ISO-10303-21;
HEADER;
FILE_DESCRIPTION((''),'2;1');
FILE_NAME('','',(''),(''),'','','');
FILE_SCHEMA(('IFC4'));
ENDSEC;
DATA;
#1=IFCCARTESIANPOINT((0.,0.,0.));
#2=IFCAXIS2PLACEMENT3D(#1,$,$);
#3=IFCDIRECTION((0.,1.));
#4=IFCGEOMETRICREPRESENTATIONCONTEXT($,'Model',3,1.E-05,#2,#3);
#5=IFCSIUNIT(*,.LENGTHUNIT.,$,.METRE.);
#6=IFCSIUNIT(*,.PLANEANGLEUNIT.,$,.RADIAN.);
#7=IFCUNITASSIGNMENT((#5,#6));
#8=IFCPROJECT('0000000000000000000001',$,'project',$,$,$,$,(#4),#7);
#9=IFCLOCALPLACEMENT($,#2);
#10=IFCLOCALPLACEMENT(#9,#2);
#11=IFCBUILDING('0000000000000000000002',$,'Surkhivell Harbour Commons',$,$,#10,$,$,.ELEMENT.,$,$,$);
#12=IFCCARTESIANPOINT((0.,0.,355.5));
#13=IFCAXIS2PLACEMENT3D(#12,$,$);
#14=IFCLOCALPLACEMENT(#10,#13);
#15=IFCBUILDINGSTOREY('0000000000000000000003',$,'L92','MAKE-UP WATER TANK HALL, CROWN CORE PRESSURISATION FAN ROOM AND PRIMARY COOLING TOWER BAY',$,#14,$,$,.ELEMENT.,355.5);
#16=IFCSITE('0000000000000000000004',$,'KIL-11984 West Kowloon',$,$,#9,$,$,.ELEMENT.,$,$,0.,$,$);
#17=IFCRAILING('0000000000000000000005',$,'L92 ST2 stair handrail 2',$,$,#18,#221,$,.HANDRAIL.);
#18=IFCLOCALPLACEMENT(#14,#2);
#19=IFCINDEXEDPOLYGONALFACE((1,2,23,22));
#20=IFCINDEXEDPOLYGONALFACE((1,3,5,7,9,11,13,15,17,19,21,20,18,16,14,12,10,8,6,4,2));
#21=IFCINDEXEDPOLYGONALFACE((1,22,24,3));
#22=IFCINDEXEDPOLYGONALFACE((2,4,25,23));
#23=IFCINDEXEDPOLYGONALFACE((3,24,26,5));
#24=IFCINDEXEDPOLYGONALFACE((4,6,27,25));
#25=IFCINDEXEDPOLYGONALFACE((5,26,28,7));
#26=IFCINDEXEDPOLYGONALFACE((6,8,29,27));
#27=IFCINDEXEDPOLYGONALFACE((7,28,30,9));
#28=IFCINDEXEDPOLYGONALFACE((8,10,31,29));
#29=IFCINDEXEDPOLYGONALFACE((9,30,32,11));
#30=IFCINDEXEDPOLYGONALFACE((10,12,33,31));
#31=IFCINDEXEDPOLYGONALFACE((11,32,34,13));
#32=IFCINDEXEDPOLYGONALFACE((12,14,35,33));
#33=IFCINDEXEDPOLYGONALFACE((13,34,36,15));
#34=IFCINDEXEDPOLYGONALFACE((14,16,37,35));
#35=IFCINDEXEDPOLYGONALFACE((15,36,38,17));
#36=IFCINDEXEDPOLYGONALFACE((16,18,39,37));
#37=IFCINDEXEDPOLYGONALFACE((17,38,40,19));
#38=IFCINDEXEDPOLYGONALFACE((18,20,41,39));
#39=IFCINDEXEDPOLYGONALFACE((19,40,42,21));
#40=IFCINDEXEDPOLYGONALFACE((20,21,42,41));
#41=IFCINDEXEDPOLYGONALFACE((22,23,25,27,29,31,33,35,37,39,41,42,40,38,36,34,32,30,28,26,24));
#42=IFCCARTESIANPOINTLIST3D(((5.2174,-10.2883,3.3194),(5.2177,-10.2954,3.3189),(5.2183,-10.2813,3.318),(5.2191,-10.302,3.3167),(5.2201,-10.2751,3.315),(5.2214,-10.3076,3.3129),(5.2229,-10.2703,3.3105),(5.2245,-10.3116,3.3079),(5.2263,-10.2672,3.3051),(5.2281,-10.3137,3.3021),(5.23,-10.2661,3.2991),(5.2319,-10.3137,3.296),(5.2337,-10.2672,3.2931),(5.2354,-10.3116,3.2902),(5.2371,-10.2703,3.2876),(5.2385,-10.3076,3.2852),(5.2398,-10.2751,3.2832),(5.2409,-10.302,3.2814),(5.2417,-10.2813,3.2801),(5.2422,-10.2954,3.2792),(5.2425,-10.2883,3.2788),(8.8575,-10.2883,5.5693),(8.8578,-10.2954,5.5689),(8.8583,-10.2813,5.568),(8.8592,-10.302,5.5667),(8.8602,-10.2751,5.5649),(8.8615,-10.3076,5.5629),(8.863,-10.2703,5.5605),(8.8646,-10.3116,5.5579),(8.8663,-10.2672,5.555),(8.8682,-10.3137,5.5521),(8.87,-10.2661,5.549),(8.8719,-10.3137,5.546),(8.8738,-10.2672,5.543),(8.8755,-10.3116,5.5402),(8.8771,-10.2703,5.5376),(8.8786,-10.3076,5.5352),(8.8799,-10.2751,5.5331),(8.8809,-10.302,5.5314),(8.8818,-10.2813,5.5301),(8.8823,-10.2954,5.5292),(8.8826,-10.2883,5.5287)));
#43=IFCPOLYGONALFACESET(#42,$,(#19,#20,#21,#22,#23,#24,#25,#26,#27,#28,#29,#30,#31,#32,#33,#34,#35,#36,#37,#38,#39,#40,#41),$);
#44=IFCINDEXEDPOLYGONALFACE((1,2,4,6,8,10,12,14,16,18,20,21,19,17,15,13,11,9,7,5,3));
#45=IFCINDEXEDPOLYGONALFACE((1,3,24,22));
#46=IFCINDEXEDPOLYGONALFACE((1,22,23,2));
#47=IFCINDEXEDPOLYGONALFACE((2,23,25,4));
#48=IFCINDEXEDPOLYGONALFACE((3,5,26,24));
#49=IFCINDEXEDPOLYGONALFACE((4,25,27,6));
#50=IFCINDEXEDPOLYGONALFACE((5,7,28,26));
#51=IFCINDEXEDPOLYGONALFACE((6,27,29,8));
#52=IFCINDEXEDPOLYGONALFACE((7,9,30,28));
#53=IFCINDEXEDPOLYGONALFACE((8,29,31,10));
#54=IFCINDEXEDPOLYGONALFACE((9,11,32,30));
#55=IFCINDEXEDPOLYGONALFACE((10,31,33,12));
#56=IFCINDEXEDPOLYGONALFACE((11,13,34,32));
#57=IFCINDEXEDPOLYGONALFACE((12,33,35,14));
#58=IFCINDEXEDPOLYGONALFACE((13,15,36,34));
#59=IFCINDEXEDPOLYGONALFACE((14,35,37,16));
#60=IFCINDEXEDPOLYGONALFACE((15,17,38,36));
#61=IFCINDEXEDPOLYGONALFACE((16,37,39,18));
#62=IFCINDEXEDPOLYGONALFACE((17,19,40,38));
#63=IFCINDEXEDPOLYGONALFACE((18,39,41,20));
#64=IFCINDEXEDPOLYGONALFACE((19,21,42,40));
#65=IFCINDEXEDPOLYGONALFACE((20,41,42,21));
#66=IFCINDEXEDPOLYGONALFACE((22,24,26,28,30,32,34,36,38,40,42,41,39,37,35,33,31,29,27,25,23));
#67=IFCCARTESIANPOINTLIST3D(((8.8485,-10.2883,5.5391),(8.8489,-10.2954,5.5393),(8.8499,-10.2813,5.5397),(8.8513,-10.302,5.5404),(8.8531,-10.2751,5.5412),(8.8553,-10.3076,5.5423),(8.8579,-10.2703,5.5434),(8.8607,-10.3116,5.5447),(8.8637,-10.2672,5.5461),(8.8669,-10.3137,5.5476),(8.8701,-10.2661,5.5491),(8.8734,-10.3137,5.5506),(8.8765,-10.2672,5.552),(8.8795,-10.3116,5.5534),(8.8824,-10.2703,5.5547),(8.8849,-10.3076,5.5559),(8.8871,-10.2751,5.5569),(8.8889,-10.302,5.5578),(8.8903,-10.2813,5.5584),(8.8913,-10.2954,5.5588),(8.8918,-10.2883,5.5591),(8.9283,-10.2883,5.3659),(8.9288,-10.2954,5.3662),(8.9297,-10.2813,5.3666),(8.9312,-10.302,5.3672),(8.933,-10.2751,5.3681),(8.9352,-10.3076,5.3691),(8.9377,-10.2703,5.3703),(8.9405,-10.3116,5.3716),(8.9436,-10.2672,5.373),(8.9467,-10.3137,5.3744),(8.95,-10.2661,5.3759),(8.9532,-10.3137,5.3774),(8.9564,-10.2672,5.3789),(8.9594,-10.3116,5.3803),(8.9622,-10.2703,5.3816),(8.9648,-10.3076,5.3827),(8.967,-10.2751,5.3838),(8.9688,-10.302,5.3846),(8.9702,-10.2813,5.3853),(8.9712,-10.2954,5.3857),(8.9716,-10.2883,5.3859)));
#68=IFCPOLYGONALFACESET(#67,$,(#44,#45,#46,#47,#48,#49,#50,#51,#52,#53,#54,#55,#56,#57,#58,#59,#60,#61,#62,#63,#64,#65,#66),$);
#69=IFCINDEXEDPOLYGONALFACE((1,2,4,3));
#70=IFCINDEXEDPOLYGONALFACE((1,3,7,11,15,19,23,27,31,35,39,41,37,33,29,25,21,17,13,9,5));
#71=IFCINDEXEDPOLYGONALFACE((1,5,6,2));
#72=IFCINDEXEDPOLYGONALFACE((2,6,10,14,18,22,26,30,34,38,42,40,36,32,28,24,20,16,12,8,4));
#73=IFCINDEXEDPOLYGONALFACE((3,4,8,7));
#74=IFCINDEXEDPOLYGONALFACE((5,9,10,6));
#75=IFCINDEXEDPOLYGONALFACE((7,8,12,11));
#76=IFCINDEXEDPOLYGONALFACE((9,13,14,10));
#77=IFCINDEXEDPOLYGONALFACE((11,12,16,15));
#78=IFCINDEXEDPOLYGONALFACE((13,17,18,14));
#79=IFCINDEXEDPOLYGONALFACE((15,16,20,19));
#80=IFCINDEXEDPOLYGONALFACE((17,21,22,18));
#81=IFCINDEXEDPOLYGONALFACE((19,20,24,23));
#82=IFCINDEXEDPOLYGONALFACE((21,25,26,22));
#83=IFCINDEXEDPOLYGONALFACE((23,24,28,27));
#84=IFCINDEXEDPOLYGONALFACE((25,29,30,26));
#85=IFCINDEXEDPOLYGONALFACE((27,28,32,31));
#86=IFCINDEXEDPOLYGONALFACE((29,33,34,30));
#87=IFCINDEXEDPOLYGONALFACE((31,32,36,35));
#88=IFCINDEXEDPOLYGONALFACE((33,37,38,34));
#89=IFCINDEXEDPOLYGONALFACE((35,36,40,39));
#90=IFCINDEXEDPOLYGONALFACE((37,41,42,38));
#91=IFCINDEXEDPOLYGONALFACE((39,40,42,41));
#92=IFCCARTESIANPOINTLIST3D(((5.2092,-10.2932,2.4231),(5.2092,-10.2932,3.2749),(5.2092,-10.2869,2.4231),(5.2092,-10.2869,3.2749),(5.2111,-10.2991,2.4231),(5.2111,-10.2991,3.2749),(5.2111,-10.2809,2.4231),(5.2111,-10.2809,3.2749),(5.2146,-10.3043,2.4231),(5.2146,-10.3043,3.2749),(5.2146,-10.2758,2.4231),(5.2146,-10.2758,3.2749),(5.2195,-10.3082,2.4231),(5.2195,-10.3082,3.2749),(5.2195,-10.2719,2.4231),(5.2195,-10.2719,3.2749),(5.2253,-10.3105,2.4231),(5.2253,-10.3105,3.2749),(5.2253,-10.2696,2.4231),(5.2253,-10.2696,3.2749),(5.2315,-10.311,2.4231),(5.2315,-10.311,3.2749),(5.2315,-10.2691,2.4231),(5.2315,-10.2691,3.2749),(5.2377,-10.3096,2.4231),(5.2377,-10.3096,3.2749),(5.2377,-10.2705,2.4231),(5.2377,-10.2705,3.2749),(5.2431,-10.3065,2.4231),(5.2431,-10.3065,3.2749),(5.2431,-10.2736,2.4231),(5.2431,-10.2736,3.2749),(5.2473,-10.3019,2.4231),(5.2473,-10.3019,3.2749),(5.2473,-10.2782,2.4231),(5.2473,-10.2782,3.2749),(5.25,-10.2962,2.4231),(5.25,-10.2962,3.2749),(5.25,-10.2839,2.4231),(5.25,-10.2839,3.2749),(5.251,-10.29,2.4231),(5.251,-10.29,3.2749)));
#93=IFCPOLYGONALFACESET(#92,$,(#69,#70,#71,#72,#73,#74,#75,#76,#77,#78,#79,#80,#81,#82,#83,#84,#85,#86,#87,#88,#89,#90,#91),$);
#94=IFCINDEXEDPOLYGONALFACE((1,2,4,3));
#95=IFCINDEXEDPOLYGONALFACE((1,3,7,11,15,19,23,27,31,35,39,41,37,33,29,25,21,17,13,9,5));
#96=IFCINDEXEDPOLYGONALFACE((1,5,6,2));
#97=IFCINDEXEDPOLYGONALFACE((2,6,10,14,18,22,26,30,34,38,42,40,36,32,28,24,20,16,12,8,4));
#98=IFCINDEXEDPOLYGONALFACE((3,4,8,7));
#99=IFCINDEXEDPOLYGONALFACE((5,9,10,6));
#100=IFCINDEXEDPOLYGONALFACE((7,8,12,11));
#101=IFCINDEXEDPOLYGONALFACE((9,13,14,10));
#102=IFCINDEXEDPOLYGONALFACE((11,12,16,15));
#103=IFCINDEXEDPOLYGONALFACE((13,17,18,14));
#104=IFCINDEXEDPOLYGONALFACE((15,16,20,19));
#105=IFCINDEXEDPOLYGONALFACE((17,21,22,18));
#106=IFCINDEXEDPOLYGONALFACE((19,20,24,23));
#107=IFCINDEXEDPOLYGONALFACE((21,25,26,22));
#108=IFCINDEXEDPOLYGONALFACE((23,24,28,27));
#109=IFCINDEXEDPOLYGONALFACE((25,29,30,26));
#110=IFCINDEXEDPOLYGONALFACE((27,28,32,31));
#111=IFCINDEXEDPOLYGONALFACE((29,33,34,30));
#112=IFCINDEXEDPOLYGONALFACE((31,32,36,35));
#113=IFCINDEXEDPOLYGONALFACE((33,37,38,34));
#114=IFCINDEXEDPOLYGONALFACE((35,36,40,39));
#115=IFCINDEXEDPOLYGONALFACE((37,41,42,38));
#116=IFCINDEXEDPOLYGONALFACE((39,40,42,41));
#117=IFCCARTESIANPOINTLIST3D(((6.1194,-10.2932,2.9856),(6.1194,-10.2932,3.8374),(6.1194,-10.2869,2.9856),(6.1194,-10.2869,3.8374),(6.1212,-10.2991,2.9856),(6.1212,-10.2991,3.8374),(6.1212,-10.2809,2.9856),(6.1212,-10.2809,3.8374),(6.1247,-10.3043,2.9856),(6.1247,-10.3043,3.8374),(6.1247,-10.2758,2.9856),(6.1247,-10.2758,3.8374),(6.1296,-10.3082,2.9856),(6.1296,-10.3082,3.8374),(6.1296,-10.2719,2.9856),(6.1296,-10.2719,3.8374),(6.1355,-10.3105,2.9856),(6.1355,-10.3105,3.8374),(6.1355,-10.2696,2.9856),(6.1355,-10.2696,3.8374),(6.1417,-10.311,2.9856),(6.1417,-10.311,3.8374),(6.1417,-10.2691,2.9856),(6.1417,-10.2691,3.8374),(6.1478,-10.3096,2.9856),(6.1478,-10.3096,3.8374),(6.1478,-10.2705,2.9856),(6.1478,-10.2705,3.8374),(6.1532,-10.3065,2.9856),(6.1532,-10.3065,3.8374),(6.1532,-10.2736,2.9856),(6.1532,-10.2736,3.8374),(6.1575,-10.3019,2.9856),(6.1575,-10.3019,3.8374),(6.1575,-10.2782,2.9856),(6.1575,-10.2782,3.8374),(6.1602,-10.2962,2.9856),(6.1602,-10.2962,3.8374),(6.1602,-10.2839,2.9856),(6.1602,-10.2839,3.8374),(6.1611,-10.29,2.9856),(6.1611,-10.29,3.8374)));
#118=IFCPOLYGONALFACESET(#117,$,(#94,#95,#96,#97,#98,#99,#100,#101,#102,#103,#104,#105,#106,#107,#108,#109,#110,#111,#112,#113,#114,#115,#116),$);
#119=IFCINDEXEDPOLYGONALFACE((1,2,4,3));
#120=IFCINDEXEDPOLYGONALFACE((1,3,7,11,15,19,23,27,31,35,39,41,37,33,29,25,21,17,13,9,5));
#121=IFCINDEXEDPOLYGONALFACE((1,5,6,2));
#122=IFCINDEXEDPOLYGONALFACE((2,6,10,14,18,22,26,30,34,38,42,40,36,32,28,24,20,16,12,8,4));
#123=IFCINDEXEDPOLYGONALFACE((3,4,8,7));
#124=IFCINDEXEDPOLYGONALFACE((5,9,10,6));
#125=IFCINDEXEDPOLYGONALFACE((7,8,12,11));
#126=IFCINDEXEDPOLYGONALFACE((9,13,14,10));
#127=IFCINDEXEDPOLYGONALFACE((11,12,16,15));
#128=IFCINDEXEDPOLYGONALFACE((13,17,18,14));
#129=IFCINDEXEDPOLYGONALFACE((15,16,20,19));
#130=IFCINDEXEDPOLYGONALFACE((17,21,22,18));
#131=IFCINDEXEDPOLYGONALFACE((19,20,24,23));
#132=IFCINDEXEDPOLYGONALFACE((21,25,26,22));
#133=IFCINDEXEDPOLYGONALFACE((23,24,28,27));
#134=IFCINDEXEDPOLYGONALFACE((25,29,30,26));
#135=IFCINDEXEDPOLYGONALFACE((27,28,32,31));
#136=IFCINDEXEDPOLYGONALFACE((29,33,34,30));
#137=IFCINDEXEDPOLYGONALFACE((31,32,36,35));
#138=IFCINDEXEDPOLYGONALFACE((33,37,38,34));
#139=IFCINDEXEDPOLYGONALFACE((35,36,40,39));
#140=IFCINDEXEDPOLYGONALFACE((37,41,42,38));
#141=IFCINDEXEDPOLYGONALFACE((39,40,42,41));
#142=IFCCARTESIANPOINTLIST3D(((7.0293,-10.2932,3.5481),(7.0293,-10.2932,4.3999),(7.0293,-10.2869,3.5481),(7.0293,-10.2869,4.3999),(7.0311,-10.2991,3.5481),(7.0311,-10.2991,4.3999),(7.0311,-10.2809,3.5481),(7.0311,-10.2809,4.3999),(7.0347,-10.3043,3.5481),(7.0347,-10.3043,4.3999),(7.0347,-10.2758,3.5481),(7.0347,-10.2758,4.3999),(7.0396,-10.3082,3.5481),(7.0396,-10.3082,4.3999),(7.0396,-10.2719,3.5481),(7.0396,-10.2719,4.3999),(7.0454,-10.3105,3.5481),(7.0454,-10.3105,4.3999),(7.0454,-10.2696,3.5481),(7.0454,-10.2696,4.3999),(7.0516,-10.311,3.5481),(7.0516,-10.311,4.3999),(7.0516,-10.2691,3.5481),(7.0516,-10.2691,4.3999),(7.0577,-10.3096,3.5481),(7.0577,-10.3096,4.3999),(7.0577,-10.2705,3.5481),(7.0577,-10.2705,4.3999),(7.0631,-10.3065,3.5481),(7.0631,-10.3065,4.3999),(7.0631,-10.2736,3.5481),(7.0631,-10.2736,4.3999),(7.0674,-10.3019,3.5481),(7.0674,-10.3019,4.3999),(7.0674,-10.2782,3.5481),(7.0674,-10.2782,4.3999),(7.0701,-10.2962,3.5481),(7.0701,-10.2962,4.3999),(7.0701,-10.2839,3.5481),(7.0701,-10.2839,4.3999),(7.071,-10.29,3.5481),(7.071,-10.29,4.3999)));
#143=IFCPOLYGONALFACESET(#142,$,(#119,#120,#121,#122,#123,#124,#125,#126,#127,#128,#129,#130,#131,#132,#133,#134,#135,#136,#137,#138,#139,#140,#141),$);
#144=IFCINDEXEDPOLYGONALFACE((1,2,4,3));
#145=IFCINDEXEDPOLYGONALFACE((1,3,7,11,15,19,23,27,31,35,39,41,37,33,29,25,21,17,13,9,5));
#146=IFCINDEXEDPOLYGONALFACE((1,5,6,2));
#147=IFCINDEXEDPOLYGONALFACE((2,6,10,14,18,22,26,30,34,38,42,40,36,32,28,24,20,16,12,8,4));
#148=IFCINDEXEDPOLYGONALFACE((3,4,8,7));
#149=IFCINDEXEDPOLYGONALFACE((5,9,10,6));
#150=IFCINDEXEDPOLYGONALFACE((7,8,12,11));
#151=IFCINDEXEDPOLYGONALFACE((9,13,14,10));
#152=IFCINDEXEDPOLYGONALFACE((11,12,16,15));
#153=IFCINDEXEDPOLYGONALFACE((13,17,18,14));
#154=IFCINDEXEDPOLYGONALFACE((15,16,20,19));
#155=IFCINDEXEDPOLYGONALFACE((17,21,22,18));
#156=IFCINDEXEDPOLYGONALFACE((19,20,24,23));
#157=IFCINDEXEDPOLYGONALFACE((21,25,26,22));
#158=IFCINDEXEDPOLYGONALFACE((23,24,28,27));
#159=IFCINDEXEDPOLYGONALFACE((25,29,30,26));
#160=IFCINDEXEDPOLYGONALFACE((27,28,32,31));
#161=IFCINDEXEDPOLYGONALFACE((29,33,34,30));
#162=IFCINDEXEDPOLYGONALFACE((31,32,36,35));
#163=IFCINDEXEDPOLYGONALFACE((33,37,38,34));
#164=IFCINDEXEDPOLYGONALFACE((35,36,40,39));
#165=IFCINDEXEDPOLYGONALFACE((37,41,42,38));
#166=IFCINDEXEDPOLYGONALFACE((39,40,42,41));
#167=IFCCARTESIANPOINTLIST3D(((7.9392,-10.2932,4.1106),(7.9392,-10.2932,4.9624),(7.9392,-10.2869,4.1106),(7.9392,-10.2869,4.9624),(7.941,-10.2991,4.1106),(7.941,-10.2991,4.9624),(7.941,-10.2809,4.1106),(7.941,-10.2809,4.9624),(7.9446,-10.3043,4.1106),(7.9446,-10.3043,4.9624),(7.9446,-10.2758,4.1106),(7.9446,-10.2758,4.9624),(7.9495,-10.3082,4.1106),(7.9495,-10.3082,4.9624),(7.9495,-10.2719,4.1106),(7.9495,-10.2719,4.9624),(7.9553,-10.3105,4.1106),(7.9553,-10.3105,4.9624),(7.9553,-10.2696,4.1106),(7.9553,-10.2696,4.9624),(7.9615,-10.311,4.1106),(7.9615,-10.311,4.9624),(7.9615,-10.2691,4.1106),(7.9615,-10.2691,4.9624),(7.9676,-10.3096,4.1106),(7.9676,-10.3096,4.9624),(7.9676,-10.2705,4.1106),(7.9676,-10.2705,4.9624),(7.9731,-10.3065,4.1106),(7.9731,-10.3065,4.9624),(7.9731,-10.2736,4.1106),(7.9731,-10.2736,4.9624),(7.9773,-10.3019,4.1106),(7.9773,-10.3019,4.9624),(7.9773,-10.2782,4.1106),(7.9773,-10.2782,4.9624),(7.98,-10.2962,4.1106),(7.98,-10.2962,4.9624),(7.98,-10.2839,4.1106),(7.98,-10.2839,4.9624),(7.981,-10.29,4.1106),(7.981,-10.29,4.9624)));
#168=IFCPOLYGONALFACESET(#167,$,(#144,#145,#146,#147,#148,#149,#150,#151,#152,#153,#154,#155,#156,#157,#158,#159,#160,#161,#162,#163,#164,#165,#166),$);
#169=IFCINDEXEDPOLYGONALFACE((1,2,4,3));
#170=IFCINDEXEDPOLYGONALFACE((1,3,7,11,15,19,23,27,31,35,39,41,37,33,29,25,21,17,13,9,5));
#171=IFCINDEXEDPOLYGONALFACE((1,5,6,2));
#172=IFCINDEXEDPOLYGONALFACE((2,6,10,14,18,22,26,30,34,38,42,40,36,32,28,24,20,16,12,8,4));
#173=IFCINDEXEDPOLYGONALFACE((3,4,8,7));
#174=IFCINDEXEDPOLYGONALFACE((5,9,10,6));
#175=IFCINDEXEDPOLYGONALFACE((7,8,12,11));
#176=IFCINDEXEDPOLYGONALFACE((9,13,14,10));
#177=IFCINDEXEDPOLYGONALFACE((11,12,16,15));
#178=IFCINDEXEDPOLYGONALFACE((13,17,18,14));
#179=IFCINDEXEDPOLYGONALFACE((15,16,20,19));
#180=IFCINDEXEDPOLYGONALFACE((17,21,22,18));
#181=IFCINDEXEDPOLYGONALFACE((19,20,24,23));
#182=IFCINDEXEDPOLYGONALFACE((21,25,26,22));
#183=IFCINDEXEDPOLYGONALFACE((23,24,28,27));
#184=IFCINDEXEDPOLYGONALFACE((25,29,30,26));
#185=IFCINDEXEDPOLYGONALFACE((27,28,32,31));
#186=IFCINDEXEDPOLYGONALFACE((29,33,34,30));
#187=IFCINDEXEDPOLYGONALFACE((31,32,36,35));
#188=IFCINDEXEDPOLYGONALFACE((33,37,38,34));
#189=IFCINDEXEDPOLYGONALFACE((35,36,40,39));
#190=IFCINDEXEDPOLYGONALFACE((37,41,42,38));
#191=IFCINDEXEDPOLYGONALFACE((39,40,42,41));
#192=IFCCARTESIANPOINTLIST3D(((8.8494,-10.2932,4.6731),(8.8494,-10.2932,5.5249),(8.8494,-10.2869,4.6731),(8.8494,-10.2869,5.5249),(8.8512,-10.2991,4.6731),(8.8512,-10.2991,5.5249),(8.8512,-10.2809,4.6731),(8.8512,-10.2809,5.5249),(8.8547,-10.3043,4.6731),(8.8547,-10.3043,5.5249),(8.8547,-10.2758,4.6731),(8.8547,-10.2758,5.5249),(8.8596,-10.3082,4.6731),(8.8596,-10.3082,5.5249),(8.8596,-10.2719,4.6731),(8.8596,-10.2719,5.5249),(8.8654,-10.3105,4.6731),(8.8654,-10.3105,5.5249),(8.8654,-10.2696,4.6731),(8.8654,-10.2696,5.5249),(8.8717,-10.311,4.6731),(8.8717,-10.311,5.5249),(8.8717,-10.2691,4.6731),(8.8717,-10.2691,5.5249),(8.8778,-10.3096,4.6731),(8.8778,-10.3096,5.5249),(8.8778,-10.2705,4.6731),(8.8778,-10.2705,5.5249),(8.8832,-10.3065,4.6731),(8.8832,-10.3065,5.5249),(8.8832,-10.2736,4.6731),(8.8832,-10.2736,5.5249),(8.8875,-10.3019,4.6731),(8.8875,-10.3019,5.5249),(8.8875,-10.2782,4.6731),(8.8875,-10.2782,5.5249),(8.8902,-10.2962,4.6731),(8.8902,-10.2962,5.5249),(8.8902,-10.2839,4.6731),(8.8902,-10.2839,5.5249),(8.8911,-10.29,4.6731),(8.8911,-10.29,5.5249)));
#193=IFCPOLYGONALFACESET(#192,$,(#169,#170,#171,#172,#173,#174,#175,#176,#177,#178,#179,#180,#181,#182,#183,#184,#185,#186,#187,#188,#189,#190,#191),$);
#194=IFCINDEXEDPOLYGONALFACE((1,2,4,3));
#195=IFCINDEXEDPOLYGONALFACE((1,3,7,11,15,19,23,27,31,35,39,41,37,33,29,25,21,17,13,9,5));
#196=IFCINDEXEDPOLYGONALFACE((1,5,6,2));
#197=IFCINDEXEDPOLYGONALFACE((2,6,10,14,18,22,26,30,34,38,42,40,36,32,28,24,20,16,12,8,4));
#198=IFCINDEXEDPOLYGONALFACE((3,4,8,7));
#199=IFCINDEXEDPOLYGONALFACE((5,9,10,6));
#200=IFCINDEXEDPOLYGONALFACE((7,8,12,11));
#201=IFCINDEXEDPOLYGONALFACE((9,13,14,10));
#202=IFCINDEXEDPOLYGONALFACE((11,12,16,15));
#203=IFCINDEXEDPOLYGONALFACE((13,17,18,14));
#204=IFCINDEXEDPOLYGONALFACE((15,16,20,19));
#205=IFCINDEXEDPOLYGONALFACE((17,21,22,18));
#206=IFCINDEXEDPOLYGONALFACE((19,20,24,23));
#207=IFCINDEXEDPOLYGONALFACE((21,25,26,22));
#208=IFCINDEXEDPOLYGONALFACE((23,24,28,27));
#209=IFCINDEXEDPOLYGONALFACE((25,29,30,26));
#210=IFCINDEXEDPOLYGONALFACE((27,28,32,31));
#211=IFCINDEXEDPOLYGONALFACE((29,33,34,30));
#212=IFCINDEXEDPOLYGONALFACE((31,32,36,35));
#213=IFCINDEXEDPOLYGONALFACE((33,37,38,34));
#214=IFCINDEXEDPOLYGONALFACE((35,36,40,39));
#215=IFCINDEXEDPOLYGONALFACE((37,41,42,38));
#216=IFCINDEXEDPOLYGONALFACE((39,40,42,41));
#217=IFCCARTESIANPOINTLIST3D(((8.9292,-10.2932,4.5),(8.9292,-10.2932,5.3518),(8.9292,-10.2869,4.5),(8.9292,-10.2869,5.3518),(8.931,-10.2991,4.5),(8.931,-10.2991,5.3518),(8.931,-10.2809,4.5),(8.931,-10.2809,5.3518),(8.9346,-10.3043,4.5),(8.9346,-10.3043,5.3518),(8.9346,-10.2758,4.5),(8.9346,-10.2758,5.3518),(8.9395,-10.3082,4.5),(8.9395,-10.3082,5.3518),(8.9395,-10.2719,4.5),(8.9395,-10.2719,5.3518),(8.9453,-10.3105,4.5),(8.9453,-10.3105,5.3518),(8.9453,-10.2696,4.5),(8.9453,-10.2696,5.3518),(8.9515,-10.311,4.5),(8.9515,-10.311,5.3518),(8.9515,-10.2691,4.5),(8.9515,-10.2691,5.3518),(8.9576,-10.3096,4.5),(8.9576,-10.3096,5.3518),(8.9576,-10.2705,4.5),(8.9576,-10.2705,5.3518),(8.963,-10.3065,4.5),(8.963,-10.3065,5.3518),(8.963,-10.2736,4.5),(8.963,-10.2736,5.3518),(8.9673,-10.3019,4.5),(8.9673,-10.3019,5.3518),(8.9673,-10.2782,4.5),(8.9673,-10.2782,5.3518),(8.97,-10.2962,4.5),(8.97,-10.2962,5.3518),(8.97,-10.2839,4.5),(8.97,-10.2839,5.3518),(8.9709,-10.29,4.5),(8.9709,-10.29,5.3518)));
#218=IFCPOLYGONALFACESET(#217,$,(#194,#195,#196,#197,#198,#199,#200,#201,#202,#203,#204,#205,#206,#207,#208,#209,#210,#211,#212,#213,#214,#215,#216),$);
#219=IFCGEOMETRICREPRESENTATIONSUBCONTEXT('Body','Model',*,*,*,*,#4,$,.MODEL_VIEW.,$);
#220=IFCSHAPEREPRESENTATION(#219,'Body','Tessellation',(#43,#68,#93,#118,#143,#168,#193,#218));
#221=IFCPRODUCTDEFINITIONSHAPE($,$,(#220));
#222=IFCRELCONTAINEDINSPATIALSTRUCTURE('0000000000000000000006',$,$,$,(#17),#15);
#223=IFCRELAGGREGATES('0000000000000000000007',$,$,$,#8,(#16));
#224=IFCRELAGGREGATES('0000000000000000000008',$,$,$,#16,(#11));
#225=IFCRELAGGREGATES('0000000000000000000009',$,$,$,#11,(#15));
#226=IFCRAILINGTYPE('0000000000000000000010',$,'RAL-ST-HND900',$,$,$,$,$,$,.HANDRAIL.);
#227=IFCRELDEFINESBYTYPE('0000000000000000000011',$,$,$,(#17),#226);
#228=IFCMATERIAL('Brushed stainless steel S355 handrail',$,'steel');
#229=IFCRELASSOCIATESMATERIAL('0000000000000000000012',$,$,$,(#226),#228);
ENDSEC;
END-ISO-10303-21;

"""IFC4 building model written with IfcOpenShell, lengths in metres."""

from ifc_helpers import new_model, si_unit, direction, frame, origin, origin_2d, place, context, subcontext, project, spatial, circle, extrude, material, type_object, element, save


model = new_model("IFC4")

# Units and contexts
model_context = context("Model", 3, precision=1e-05, world=origin(), true_north=direction((0.0, 1.0)))
body_context = subcontext(model_context, "Body", "Model", "MODEL_VIEW")
ifc_project = project(units=[si_unit("LENGTHUNIT", "METRE"), si_unit("PLANEANGLEUNIT", "RADIAN")], contexts=[model_context])

# Site, building, storey
site_placement = place(None, origin())
site = spatial("IfcSite", under=ifc_project, at=site_placement, Name="KIL-11984 West Kowloon", CompositionType="ELEMENT", RefElevation=0.0)
building_placement = place(site_placement, origin())
building = spatial("IfcBuilding", under=site, at=building_placement, Name="Surkhivell Harbour Commons", CompositionType="ELEMENT")
storey_placement = place(building_placement, frame((0.0, 0.0, 355.5)))
storey = spatial("IfcBuildingStorey", under=building, at=storey_placement, Name="L92", Description="MAKE-UP WATER TANK HALL, CROWN CORE PRESSURISATION FAN ROOM AND PRIMARY COOLING TOWER BAY", CompositionType="ELEMENT", Elevation=355.5)

# Railing
ifc_material_1 = material(Name="Brushed stainless steel S355 handrail", Category="steel")
railing_type_1 = type_object("IfcRailingType", Name="RAL-ST-HND900", PredefinedType="HANDRAIL", material=ifc_material_1)
railing_1_placement = place(storey_placement, frame((5.23, -10.29, 2.4231)))
element("IfcRailing", 1, at=railing_1_placement, inside=storey, type_object=railing_type_1, Name="L92 ST2 stair handrail 2", PredefinedType="HANDRAIL", context=body_context, shape_type="SweptSolid", body=[
    extrude(circle(Radius=0.0239, at=origin_2d()), frame((0.0, 0.0, 0.876), z_axis=(0.850622, 0.0, 0.525777), x_axis=(0.0, 1.0, 0.0)), (0.0, 0.0, 1.0), 4.2793),
    extrude(circle(Radius=0.0239, at=origin_2d()), frame((3.6401, 0.0, 3.126), z_axis=(0.418815, 0.0, -0.908072), x_axis=(0.0, 1.0, 0.0)), (0.0, 0.0, 1.0), 0.1907),
    extrude(circle(Radius=0.021, at=origin_2d()), origin(), (0.0, 0.0, 1.0), 0.8518),
    extrude(circle(Radius=0.021, at=origin_2d()), frame((0.9102, 0.0, 0.5625)), (0.0, 0.0, 1.0), 0.8518),
    extrude(circle(Radius=0.021, at=origin_2d()), frame((1.8201, 0.0, 1.125)), (0.0, 0.0, 1.0), 0.8518),
    extrude(circle(Radius=0.021, at=origin_2d()), frame((2.73, 0.0, 1.6875)), (0.0, 0.0, 1.0), 0.8518),
    extrude(circle(Radius=0.021, at=origin_2d()), frame((3.6401, 0.0, 2.25)), (0.0, 0.0, 1.0), 0.8518),
    extrude(circle(Radius=0.021, at=origin_2d()), frame((3.72, 0.0, 2.0769)), (0.0, 0.0, 1.0), 0.8518),
])

save(model, "model.ifc")
